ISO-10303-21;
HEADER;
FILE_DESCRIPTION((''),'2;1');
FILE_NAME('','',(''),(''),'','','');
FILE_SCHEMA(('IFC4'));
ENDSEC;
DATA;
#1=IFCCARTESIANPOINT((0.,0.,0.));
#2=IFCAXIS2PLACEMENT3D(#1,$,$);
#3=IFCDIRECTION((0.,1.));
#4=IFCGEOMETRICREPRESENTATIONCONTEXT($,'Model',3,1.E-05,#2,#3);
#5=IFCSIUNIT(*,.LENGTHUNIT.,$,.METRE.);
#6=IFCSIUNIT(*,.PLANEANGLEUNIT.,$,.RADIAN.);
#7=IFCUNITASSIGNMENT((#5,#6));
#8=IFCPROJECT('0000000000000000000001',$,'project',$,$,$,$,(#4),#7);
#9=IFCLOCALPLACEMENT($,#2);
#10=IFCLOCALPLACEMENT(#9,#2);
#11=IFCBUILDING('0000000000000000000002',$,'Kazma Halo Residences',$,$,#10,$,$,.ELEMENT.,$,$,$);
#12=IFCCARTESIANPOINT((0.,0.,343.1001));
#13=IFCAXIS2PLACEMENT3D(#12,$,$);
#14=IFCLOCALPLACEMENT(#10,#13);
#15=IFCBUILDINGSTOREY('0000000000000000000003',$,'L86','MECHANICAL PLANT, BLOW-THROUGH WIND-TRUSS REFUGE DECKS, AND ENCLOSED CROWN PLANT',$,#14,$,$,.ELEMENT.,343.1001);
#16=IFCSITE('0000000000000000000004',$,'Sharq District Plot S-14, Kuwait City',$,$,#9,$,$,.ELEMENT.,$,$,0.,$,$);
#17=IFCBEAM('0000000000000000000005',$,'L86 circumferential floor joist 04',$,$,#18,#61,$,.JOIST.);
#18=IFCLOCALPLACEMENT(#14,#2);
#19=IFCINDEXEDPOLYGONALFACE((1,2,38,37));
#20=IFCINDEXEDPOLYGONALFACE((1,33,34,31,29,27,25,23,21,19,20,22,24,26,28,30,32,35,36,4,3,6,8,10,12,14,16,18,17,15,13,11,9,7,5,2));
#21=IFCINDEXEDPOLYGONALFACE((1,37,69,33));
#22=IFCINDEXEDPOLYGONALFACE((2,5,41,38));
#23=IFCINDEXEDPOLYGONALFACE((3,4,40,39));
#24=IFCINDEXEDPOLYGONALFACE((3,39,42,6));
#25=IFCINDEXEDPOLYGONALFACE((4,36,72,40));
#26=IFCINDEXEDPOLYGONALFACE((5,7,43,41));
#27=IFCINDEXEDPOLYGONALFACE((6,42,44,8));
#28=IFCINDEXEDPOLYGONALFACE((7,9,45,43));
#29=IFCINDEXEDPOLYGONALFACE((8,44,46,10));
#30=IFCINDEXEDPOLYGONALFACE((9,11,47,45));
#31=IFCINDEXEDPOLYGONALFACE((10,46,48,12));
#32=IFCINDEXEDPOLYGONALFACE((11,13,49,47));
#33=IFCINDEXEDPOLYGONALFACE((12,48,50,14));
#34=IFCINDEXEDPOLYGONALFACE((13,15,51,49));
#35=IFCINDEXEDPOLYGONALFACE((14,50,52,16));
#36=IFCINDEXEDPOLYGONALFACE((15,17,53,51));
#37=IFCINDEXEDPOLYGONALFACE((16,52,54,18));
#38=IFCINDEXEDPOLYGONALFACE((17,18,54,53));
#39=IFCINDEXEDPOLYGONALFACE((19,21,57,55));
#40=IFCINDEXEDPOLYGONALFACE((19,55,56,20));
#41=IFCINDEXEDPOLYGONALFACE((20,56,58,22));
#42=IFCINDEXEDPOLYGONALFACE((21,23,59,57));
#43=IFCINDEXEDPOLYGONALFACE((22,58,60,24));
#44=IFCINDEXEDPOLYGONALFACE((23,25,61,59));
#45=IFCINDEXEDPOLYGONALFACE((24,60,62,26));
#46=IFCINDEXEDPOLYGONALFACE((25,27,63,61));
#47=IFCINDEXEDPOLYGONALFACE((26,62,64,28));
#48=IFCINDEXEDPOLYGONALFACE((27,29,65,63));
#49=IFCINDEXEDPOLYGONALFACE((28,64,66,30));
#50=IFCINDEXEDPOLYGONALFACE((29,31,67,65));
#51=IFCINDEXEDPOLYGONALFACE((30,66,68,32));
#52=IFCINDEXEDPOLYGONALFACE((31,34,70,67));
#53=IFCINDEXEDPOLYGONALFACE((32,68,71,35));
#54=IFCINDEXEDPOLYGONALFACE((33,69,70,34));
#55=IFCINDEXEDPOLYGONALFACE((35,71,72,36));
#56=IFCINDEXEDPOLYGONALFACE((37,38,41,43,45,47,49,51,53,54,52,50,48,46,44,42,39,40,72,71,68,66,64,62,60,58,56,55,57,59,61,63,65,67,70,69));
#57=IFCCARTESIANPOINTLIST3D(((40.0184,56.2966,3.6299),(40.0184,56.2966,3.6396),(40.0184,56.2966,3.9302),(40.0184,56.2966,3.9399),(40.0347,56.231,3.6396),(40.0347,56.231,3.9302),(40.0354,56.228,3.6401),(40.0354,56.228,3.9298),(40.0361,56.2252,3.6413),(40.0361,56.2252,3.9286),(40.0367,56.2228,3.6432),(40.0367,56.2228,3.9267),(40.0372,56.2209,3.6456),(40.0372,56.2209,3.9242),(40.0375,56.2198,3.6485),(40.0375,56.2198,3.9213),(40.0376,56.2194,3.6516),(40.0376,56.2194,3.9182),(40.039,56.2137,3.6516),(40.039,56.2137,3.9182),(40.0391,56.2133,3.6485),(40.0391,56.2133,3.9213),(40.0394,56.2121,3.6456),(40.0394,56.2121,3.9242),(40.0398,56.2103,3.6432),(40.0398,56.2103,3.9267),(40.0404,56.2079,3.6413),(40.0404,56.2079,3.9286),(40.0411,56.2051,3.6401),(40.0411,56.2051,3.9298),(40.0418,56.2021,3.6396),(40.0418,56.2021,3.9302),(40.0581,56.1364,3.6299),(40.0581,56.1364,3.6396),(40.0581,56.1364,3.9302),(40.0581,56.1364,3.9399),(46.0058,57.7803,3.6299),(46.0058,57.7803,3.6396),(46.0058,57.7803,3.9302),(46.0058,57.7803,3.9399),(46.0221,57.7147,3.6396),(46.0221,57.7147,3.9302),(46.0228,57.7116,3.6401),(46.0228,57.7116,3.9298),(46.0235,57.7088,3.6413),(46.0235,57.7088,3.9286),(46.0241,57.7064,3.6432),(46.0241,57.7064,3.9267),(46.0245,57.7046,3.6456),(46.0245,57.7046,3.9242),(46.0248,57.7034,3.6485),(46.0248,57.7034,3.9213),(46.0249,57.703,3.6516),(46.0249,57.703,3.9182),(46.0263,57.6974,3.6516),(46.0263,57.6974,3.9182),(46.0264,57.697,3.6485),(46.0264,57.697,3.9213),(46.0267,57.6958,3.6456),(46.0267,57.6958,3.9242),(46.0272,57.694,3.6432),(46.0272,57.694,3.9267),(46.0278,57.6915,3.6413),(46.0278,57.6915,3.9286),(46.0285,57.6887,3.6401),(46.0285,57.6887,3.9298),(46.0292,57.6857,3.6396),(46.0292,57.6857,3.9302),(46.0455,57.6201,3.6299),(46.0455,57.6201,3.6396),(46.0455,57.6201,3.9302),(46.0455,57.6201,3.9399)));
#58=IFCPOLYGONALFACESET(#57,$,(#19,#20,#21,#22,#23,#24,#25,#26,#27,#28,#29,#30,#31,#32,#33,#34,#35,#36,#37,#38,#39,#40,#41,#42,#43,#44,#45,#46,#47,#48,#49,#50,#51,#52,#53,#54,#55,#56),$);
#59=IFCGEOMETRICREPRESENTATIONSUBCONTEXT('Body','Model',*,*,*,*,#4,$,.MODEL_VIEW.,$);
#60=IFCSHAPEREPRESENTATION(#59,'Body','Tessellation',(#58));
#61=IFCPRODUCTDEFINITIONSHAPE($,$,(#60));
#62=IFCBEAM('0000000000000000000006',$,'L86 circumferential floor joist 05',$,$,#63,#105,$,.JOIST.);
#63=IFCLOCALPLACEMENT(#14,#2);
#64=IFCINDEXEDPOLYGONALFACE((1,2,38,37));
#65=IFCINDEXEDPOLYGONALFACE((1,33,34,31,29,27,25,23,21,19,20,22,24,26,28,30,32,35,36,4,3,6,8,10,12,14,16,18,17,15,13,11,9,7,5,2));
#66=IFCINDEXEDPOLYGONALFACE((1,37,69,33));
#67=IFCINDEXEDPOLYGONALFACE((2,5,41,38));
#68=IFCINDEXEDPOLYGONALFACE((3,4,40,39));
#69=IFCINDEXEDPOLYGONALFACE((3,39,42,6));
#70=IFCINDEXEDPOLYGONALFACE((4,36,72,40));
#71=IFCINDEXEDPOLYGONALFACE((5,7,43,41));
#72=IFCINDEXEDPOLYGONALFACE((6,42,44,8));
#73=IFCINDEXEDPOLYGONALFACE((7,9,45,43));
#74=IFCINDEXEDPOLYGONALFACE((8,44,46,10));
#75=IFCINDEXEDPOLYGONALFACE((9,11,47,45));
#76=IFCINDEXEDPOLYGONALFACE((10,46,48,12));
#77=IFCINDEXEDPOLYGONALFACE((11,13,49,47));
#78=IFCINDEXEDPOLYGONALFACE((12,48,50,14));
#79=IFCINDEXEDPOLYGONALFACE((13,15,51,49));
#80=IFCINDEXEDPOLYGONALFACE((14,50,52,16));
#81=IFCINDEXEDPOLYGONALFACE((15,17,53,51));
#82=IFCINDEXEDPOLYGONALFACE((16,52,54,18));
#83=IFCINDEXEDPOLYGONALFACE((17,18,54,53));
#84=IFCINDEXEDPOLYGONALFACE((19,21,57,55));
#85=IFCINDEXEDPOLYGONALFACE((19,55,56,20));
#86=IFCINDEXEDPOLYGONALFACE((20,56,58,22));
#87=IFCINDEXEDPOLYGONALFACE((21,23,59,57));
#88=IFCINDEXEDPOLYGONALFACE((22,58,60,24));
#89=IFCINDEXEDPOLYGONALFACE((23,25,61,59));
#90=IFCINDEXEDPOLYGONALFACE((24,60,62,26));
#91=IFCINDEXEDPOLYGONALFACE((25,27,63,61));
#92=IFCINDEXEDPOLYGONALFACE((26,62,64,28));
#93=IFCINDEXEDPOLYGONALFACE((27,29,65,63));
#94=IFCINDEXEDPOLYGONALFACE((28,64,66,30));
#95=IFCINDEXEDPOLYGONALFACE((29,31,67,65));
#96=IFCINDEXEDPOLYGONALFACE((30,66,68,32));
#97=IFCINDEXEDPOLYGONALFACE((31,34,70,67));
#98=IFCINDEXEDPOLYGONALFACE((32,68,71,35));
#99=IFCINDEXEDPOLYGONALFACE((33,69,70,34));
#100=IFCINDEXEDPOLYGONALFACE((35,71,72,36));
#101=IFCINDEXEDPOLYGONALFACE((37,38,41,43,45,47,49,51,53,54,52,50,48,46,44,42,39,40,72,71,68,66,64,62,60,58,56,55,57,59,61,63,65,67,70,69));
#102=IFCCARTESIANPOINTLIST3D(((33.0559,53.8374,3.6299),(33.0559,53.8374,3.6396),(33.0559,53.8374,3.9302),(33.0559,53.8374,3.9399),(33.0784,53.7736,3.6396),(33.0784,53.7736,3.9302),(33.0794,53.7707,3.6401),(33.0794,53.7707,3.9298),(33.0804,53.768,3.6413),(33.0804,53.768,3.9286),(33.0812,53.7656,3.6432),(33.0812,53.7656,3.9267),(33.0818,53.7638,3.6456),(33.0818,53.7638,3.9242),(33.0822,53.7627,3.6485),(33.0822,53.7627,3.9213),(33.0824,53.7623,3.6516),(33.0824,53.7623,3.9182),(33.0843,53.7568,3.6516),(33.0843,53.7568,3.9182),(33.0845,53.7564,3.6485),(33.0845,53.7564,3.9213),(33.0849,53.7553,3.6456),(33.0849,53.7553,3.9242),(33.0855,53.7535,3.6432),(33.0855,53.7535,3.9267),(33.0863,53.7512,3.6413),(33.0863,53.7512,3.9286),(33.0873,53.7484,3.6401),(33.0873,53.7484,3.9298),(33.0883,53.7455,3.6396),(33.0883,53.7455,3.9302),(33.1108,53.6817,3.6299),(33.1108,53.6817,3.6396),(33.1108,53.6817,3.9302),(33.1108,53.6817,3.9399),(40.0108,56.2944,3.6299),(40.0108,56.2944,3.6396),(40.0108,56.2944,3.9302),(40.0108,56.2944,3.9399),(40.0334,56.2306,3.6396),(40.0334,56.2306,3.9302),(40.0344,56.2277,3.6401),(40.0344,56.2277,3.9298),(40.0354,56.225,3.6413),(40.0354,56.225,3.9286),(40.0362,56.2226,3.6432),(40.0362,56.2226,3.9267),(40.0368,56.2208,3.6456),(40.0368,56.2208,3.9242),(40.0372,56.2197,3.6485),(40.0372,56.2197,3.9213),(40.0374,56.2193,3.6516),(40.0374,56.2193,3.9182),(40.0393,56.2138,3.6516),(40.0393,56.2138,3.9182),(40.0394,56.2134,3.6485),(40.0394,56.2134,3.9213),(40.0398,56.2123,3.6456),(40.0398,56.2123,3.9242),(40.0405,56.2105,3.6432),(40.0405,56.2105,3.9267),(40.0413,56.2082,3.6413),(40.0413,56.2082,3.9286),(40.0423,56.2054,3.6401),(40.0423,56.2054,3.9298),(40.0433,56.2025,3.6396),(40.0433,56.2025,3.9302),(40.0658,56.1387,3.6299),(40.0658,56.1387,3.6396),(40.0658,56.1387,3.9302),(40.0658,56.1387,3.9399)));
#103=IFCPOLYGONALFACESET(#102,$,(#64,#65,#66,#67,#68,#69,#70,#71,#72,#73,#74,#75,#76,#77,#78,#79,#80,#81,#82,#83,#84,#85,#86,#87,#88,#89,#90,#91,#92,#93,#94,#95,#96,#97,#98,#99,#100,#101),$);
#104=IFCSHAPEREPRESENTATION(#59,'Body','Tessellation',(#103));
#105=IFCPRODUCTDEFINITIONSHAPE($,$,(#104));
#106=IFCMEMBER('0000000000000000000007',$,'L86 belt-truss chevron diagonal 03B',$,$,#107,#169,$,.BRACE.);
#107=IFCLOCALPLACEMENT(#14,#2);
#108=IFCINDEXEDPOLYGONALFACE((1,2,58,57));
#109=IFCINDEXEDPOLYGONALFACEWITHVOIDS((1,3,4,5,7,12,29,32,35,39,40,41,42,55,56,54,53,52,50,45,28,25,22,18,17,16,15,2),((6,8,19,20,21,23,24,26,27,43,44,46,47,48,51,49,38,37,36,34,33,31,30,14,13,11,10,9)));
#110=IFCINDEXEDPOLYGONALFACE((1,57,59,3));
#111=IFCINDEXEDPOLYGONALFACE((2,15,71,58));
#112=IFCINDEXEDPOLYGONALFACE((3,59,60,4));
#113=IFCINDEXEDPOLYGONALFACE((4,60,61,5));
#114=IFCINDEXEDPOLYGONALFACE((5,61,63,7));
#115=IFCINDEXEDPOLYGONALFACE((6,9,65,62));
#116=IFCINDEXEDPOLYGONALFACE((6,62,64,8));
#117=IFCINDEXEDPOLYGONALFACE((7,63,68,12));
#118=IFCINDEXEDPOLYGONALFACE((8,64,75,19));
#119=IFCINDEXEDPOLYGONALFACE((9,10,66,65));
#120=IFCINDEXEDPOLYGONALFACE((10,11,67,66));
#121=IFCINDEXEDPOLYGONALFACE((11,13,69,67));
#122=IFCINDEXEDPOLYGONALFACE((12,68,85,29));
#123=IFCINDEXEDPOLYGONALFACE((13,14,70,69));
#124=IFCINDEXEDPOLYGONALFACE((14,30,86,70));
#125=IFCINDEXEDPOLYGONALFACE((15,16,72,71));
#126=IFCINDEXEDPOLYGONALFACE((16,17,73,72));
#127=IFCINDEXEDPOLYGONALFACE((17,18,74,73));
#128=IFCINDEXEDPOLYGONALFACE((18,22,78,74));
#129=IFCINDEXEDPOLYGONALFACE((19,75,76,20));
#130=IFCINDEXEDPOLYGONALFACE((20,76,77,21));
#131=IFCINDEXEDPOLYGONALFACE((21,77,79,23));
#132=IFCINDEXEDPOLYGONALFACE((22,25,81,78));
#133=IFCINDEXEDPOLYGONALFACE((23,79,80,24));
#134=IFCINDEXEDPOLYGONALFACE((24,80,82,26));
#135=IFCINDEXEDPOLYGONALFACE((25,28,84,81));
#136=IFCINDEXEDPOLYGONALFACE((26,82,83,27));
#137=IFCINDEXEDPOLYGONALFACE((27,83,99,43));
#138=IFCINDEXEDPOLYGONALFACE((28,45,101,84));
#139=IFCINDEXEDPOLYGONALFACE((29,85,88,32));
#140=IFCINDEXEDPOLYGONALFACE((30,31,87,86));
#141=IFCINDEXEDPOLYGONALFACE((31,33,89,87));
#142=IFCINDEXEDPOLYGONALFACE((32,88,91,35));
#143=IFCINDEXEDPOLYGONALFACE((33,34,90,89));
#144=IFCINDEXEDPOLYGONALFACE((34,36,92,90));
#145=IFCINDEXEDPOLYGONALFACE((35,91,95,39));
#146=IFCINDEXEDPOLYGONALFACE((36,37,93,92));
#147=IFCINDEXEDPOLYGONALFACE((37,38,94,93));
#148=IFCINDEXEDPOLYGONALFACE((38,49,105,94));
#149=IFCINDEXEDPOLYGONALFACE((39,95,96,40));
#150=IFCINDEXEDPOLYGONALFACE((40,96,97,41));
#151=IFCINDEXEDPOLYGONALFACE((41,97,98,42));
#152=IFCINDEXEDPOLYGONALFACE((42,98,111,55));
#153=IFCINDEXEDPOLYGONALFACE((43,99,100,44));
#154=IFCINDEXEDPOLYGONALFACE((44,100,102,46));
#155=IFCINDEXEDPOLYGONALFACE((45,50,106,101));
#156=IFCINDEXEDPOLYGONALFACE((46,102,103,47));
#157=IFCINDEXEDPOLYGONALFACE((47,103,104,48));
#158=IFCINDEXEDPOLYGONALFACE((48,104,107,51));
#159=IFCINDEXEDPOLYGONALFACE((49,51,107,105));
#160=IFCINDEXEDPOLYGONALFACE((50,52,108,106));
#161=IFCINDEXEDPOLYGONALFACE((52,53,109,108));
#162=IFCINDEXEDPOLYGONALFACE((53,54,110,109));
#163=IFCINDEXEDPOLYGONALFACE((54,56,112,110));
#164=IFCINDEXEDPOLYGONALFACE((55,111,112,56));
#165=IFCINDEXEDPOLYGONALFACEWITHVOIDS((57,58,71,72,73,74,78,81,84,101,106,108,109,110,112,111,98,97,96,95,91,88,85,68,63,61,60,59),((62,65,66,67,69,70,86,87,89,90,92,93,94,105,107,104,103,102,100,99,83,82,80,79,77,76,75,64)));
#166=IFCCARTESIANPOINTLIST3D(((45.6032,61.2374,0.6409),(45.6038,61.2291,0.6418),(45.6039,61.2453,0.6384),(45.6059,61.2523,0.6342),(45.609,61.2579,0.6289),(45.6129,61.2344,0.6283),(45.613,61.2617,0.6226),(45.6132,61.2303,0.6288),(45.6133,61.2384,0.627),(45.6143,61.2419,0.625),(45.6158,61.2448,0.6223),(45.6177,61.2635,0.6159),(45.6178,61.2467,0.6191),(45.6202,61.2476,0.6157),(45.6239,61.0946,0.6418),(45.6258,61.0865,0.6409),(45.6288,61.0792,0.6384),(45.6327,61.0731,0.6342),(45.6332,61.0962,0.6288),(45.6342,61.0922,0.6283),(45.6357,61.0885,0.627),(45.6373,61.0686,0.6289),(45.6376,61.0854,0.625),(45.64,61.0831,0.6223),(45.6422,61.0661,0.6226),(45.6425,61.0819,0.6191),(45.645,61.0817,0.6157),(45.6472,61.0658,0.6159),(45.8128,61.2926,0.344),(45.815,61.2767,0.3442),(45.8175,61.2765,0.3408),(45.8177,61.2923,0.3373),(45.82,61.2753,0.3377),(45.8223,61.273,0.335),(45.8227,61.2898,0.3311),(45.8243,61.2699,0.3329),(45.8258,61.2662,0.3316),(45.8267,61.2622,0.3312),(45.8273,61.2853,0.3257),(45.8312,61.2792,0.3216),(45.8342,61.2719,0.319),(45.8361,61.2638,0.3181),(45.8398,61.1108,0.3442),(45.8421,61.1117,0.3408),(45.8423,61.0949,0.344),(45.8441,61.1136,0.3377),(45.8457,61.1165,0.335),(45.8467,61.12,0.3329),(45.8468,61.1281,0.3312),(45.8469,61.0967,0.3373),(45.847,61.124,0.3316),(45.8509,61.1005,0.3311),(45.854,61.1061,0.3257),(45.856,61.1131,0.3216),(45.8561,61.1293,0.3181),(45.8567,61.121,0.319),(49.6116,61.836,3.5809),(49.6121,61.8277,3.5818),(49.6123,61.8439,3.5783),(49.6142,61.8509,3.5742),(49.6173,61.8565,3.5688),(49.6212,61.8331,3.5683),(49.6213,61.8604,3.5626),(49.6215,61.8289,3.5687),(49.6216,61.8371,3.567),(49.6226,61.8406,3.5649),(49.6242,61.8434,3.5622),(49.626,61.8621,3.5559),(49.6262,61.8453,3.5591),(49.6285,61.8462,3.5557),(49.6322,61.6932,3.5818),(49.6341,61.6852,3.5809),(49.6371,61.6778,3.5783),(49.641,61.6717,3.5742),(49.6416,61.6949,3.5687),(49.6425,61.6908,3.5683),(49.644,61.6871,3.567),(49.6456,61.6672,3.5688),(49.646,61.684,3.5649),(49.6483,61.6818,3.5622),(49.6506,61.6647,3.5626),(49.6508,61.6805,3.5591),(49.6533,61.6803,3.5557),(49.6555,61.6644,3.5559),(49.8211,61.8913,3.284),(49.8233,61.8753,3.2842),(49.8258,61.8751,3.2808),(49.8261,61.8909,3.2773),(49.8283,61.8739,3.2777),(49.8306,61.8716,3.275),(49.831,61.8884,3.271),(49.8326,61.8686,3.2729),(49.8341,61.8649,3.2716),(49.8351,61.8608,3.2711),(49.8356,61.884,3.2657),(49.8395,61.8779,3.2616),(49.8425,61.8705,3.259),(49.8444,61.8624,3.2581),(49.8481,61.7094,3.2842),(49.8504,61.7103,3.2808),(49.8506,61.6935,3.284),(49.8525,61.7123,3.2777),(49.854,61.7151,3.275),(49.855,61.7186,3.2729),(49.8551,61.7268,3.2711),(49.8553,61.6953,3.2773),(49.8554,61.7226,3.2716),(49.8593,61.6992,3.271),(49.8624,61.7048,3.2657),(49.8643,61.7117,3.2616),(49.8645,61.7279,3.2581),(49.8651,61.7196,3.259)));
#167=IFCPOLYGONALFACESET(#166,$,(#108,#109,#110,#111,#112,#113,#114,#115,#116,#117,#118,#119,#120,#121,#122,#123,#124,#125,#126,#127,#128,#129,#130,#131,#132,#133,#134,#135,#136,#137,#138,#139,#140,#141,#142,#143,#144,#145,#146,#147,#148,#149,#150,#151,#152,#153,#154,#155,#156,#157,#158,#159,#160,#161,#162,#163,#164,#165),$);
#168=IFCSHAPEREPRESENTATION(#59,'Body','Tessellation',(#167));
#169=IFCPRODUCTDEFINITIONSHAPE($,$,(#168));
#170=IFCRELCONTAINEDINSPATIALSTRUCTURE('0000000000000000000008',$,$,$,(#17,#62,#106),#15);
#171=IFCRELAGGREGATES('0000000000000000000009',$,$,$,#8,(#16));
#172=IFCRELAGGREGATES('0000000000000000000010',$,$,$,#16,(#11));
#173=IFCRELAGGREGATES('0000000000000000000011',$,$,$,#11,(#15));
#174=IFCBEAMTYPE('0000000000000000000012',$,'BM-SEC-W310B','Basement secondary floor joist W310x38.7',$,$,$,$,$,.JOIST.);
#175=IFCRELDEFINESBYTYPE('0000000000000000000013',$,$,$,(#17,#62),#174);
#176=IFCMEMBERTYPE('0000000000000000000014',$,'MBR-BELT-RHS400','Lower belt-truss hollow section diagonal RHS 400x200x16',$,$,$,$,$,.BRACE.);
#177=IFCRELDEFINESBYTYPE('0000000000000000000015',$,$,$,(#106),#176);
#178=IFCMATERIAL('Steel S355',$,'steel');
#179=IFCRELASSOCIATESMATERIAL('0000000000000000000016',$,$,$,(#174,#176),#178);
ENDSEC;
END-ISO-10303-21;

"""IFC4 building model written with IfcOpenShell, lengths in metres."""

from ifc_helpers import new_model, si_unit, direction, frame, origin, origin_2d, place, context, subcontext, project, spatial, hollow_rectangle, i_section, extrude, material, material_profile, profile_set, type_object, element, save


model = new_model("IFC4")

# Units and contexts
model_context = context("Model", 3, precision=1e-05, world=origin(), true_north=direction((0.0, 1.0)))
body_context = subcontext(model_context, "Body", "Model", "MODEL_VIEW")
ifc_project = project(units=[si_unit("LENGTHUNIT", "METRE"), si_unit("PLANEANGLEUNIT", "RADIAN")], contexts=[model_context])

# Site, building, storey
site_placement = place(None, origin())
site = spatial("IfcSite", under=ifc_project, at=site_placement, Name="Sharq District Plot S-14, Kuwait City", CompositionType="ELEMENT", RefElevation=0.0)
building_placement = place(site_placement, origin())
building = spatial("IfcBuilding", under=site, at=building_placement, Name="Kazma Halo Residences", CompositionType="ELEMENT")
storey_placement = place(building_placement, frame((0.0, 0.0, 343.1001)))
storey = spatial("IfcBuildingStorey", under=building, at=storey_placement, Name="L86", Description="MECHANICAL PLANT, BLOW-THROUGH WIND-TRUSS REFUGE DECKS, AND ENCLOSED CROWN PLANT", CompositionType="ELEMENT", Elevation=343.1001)

# Beams
ifc_material_1 = material(Name="Steel S355", Category="steel")
ifc_material_profile_1 = material_profile(ifc_material_1, i_section(OverallWidth=0.165, OverallDepth=0.3101, WebThickness=0.0059, FlangeThickness=0.0098, FilletRadius=0.012, at=origin_2d()), Name="W310x38.7")
ifc_profile_set_1 = profile_set([ifc_material_profile_1], Name="Steel S355")
beam_type_1 = type_object("IfcBeamType", Name="BM-SEC-W310B", Description="Basement secondary floor joist W310x38.7", PredefinedType="JOIST", material=ifc_profile_set_1)
beam_1_placement = place(storey_placement, frame((46.0256, 57.7002, 3.7849), z_axis=(-0.970643, -0.240524, 0.0), x_axis=(0.240524, -0.970643, 0.0)))
element("IfcBeam", 1, at=beam_1_placement, inside=storey, type_object=beam_type_1, Name="L86 circumferential floor joist 04", PredefinedType="JOIST", context=body_context, shape_type="SweptSolid", body=[
    extrude(i_section(OverallWidth=0.165, OverallDepth=0.3101, WebThickness=0.0059, FlangeThickness=0.0098, FilletRadius=0.012, at=origin_2d()), origin(), (0.0, 0.0, 1.0), 6.1685),
])
beam_2_placement = place(storey_placement, frame((40.0383, 56.2166, 3.7849), z_axis=(-0.942893, -0.333097, 0.0), x_axis=(0.333097, -0.942893, 0.0)))
element("IfcBeam", 2, at=beam_2_placement, inside=storey, type_object=beam_type_1, Name="L86 circumferential floor joist 05", PredefinedType="JOIST", context=body_context, shape_type="SweptSolid", body=[
    extrude(i_section(OverallWidth=0.165, OverallDepth=0.3101, WebThickness=0.0059, FlangeThickness=0.0098, FilletRadius=0.012, at=origin_2d()), origin(), (0.0, 0.0, 1.0), 7.3762),
])

# Member
ifc_material_profile_2 = material_profile(ifc_material_1, hollow_rectangle(XDim=0.2, YDim=0.3999, WallThickness=0.0161, InnerFilletRadius=0.0161, OuterFilletRadius=0.032, at=origin_2d()), Name="RHS400x200x16")
ifc_profile_set_2 = profile_set([ifc_material_profile_2], Name="Steel S355")
member_type_1 = type_object("IfcMemberType", Name="MBR-BELT-RHS400", Description="Lower belt-truss hollow section diagonal RHS 400x200x16", PredefinedType="BRACE", material=ifc_profile_set_2)
member_1_placement = place(storey_placement, frame((45.73, 61.1792, 0.48), z_axis=(0.800571, 0.119564, 0.587189), x_axis=(-0.14771, 0.989031, 0.0)))
element("IfcMember", 3, at=member_1_placement, inside=storey, type_object=member_type_1, Name="L86 belt-truss chevron diagonal 03B", PredefinedType="BRACE", context=body_context, shape_type="SweptSolid", body=[
    extrude(hollow_rectangle(XDim=0.2, YDim=0.3999, WallThickness=0.0161, InnerFilletRadius=0.0161, OuterFilletRadius=0.032, at=origin_2d()), origin(), (0.0, 0.0, 1.0), 5.0068),
])

save(model, "model.ifc")
